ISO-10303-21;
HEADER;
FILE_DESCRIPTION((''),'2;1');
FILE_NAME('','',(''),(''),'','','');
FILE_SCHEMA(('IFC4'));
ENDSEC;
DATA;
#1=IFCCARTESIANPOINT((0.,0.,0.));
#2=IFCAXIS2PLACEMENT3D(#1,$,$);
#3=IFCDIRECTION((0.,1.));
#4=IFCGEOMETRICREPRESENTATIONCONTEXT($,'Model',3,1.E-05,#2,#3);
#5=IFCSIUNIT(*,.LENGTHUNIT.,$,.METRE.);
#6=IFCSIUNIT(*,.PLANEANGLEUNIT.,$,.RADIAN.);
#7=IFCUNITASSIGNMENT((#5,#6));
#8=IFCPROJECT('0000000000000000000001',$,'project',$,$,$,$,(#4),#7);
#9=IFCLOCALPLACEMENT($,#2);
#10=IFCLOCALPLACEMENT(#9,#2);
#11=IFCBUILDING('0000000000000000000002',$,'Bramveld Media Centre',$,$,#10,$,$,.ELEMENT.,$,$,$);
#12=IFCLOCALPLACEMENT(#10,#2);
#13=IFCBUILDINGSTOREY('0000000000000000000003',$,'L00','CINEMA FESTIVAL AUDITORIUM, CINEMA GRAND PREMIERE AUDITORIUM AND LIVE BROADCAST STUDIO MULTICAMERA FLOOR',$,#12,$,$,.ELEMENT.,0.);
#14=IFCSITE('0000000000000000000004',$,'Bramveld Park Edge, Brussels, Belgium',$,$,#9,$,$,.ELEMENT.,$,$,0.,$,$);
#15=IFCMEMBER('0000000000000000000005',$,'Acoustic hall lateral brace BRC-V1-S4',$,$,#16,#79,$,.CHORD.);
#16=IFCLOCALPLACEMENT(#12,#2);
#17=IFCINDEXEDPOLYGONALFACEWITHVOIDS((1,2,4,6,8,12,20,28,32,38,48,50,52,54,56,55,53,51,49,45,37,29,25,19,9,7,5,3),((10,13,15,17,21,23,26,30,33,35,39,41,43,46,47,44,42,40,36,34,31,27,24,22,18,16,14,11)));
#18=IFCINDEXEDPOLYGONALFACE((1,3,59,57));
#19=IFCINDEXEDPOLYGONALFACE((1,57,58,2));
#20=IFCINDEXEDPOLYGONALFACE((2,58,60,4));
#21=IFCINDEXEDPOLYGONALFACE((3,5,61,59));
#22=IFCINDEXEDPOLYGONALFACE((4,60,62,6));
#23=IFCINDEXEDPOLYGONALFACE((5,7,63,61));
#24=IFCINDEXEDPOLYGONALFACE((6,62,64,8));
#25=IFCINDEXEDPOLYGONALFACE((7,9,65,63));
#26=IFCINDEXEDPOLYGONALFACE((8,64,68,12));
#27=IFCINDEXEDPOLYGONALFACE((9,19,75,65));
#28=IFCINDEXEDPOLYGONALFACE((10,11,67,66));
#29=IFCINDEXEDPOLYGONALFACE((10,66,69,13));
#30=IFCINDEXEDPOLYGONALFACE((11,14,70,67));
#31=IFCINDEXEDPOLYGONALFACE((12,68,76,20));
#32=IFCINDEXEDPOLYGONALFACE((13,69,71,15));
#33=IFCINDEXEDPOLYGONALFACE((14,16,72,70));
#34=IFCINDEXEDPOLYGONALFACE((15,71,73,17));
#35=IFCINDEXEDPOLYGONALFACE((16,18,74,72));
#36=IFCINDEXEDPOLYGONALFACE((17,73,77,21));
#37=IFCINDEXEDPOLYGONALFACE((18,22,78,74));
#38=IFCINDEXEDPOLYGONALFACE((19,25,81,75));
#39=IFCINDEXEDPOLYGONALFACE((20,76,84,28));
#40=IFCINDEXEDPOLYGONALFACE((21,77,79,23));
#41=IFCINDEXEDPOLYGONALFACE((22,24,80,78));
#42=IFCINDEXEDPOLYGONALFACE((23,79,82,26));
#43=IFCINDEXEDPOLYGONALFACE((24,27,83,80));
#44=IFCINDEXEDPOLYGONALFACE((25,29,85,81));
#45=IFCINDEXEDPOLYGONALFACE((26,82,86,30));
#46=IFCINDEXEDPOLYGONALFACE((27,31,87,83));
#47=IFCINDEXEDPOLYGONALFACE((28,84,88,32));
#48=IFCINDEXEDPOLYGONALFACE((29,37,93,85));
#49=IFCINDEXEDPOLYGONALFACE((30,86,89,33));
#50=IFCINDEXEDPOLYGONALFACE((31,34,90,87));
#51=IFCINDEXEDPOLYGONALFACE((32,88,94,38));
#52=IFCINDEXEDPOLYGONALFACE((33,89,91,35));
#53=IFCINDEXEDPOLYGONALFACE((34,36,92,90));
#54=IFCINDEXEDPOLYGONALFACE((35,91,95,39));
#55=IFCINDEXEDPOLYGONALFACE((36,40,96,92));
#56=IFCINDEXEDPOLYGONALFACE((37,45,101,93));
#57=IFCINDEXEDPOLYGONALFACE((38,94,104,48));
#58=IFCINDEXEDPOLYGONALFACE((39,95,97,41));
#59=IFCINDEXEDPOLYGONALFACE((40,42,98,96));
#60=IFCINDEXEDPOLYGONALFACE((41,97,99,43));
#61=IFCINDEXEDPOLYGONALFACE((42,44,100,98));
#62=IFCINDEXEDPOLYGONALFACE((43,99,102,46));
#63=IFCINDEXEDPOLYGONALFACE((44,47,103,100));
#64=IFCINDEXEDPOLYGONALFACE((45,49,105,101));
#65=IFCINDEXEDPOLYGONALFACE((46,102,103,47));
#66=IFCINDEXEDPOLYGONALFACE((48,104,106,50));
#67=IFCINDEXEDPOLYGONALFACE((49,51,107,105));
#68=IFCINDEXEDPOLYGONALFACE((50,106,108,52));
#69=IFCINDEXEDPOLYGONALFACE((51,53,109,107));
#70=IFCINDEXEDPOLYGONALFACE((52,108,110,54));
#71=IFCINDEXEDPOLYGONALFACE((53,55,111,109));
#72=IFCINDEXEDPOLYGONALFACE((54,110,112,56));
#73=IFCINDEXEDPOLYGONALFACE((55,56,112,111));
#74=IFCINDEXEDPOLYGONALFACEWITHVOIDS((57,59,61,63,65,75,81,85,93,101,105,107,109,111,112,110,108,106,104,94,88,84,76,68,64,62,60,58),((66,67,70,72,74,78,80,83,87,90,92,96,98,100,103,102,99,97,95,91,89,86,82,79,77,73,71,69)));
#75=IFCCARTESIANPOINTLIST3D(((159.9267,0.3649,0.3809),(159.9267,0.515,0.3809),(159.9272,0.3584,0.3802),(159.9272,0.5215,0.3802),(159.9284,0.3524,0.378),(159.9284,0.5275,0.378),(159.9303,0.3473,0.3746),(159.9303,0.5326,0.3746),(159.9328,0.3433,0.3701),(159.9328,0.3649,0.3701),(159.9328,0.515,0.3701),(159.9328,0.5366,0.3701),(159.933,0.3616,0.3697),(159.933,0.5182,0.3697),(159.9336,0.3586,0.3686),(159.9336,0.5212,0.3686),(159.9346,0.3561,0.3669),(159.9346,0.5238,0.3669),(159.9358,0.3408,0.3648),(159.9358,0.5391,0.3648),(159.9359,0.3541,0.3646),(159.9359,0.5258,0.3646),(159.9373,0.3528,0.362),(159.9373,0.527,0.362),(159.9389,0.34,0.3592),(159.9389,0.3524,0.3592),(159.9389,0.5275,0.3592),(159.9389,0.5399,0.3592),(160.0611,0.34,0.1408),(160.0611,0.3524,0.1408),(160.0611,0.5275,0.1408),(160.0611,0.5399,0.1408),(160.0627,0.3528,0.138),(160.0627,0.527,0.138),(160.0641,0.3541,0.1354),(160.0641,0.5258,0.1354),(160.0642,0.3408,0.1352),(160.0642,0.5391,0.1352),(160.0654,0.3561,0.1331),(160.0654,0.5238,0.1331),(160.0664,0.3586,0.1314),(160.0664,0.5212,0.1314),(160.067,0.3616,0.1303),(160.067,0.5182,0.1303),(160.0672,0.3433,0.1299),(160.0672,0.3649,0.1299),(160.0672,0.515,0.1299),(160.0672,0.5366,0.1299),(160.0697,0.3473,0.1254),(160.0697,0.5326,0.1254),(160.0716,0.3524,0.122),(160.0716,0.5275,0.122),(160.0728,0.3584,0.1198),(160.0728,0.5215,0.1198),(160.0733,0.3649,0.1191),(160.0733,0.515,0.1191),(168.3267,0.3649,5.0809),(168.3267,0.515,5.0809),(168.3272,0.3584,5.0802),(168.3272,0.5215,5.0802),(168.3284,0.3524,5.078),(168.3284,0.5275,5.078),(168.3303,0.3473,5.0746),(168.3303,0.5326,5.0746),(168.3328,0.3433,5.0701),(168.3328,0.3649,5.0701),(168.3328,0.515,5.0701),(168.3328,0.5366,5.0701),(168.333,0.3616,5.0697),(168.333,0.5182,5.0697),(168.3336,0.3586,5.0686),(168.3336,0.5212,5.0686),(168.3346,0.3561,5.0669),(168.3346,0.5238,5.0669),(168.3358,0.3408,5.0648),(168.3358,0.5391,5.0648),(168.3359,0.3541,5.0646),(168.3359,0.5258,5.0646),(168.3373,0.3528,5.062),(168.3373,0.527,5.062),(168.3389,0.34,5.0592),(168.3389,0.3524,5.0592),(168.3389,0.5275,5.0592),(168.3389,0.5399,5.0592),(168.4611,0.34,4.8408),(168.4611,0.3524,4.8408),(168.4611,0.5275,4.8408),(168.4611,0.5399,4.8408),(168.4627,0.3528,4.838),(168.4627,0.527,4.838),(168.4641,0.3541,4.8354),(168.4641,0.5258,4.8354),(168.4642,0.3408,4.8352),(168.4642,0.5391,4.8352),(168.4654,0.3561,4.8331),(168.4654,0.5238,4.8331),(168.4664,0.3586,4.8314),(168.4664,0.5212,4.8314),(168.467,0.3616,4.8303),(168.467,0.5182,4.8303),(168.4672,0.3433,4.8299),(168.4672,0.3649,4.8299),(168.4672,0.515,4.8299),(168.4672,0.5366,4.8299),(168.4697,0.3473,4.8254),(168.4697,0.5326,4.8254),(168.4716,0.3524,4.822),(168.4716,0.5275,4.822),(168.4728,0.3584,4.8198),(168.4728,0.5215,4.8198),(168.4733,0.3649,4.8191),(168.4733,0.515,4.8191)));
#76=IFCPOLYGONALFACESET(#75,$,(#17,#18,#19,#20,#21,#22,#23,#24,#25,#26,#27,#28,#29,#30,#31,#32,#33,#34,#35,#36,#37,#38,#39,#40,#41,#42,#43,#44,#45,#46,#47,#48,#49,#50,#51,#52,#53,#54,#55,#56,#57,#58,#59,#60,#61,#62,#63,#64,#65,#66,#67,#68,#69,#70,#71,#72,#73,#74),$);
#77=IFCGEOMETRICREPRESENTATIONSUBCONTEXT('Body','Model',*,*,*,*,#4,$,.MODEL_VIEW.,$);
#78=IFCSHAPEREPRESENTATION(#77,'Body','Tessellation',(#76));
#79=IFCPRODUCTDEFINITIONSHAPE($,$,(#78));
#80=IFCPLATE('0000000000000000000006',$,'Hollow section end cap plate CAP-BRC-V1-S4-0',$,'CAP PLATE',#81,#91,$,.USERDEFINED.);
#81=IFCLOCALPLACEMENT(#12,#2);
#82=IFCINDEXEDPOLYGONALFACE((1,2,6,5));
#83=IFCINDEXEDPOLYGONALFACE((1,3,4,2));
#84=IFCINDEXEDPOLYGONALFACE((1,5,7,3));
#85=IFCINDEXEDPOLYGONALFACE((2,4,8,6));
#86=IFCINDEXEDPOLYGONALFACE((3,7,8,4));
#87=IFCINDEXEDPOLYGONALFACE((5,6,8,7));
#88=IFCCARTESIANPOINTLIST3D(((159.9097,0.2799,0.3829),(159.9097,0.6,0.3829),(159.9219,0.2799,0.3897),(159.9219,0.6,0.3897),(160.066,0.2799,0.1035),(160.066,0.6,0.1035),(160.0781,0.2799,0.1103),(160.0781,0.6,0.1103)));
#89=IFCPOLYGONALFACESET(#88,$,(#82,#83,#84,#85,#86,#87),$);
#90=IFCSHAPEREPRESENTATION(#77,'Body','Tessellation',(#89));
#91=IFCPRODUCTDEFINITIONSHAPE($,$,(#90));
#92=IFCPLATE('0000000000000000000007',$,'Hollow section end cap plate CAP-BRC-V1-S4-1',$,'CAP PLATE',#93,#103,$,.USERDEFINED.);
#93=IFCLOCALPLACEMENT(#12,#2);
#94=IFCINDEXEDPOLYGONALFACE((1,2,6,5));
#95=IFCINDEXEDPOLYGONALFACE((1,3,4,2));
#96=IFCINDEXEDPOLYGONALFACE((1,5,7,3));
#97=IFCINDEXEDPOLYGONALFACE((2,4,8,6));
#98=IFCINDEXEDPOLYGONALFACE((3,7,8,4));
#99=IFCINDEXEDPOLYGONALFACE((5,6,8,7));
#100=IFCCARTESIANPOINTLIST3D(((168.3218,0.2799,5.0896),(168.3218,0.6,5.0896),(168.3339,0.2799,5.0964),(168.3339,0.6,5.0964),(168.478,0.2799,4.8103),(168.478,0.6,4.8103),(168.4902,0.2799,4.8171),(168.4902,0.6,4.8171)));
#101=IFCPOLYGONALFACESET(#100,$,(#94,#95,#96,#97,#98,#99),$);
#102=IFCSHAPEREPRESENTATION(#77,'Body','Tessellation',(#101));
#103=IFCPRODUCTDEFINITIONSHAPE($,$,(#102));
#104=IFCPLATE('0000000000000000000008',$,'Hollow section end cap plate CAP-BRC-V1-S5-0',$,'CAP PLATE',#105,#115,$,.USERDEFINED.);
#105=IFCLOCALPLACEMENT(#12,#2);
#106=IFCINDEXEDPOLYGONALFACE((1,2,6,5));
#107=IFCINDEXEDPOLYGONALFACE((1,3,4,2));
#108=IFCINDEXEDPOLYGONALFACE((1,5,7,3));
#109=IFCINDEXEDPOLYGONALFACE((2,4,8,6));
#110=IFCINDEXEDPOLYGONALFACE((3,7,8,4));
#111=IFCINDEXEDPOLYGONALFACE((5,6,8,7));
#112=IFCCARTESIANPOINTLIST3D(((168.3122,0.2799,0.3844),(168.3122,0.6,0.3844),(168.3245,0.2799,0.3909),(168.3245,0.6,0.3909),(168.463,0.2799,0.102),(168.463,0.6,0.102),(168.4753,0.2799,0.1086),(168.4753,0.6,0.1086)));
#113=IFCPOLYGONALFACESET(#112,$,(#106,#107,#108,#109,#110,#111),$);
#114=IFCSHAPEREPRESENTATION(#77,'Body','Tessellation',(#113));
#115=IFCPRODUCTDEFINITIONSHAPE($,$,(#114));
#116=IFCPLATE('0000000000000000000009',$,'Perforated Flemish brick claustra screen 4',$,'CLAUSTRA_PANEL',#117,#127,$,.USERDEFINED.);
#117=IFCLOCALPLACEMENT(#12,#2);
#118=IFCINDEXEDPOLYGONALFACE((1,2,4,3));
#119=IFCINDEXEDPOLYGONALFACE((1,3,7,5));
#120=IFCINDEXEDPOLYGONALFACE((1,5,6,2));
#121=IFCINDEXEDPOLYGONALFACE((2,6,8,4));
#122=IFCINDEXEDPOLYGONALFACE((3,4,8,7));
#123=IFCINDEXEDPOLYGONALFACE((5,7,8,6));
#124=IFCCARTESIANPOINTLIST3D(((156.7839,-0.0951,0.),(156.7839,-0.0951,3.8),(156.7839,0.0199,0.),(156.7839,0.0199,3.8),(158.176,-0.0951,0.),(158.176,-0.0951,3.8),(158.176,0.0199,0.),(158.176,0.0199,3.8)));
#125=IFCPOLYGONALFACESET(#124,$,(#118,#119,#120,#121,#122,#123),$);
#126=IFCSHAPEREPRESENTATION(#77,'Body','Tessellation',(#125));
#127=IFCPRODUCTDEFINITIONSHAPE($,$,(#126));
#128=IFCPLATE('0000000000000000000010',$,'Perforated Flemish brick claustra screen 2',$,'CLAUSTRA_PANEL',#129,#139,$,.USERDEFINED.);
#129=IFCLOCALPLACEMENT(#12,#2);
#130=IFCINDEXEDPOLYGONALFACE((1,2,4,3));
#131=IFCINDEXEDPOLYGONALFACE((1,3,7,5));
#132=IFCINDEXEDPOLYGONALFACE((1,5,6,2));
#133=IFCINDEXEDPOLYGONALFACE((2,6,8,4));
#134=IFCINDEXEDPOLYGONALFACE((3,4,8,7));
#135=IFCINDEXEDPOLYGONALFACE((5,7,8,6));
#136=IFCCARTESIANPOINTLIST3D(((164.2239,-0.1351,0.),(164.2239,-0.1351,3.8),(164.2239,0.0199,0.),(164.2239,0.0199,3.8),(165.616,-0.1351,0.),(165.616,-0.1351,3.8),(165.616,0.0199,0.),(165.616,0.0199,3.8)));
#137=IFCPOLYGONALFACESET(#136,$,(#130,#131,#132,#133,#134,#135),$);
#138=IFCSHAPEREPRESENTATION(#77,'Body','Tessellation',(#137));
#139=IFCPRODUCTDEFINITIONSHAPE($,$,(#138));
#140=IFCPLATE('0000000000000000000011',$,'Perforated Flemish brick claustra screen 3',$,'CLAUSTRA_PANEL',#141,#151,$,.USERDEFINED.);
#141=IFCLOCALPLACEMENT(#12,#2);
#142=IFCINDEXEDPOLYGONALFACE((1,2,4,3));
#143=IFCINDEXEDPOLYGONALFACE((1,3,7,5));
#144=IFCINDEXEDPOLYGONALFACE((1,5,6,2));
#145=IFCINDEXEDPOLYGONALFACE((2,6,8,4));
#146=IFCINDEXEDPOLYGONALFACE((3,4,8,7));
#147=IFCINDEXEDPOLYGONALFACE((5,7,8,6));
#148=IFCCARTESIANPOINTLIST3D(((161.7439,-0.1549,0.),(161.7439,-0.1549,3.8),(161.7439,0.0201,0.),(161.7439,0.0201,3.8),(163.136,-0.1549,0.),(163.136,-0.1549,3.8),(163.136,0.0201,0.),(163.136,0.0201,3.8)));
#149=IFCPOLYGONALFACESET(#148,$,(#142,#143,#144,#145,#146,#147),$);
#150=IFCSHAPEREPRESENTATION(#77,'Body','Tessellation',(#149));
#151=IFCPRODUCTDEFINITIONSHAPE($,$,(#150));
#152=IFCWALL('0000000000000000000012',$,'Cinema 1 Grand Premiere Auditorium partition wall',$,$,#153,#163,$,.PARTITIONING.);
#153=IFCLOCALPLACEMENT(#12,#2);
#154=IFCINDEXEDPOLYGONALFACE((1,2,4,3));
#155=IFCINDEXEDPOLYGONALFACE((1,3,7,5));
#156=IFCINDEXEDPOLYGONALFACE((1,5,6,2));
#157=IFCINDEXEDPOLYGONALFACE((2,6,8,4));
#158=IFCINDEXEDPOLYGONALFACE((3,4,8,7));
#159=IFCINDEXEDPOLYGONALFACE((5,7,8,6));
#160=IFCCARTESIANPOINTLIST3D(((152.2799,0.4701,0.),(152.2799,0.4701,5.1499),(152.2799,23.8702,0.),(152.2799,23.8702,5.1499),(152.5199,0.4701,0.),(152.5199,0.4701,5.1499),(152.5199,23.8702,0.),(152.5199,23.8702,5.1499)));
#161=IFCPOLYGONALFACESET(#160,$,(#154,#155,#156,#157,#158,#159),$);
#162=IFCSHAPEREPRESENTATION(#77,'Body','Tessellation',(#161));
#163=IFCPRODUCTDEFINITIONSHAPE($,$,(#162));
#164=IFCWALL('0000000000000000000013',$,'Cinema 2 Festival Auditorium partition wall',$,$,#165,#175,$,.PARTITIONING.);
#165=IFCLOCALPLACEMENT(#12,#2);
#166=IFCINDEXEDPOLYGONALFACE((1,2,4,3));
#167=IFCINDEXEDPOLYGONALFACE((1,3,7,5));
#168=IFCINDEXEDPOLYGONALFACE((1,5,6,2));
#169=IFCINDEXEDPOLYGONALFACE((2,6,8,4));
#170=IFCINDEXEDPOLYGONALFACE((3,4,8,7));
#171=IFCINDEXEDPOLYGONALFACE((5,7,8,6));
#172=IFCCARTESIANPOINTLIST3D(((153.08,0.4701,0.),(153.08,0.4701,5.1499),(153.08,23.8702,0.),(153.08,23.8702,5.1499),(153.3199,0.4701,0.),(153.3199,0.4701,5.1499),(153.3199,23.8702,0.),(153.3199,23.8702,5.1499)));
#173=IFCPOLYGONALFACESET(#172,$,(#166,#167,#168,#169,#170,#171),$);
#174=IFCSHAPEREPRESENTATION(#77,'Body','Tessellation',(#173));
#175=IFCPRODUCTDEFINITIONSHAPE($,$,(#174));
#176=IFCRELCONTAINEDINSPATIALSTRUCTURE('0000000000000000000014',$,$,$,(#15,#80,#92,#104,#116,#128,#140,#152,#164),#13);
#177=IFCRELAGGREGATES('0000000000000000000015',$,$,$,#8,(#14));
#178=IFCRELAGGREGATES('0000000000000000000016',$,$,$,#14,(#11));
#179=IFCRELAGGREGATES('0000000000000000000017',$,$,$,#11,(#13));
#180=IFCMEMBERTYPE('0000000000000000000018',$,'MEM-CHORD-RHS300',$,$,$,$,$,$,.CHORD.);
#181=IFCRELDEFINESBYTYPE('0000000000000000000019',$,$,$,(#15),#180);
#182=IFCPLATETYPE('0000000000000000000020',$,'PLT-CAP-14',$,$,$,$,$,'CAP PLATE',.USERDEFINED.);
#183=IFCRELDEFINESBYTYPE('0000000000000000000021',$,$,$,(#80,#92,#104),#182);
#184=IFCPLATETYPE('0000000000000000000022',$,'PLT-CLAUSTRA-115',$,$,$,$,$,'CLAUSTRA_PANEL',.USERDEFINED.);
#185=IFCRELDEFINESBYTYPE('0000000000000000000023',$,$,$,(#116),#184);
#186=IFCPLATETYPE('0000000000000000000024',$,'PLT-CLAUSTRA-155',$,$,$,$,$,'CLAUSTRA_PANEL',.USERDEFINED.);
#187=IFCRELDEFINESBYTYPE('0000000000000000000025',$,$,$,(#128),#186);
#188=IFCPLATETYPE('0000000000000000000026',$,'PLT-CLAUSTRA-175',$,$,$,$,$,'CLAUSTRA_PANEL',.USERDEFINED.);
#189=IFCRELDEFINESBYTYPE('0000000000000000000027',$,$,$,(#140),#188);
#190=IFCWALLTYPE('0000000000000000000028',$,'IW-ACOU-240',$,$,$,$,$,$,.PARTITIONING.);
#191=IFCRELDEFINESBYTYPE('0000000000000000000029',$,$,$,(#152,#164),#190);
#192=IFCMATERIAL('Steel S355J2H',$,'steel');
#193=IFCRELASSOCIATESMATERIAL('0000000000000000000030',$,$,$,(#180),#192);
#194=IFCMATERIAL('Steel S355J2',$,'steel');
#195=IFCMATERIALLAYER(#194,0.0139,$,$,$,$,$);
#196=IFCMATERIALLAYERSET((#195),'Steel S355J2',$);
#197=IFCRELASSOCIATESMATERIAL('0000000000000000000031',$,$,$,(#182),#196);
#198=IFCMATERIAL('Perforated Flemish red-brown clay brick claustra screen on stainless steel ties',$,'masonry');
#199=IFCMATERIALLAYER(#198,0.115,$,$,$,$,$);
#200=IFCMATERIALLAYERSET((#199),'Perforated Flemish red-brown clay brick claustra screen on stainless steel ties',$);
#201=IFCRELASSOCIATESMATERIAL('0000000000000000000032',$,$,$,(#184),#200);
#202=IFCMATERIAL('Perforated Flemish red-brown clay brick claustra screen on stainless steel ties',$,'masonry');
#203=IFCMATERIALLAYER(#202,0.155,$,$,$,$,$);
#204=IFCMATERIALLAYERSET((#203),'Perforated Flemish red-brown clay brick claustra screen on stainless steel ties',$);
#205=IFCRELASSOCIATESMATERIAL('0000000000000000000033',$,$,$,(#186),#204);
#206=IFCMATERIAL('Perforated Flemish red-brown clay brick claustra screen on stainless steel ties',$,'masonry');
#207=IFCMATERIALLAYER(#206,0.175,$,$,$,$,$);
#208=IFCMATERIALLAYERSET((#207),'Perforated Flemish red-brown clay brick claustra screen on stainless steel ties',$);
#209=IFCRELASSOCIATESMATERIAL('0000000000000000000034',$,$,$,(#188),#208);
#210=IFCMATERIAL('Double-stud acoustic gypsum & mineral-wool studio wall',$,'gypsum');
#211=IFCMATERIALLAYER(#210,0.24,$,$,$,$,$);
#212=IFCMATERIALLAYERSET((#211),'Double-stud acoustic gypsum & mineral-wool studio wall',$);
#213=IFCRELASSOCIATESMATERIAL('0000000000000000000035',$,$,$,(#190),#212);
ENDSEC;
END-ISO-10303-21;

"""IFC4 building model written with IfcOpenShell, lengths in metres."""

from ifc_helpers import new_model, si_unit, direction, frame, frame_2d, origin, origin_2d, place, context, subcontext, project, spatial, rectangle, hollow_rectangle, extrude, material, layer, layer_set, material_profile, profile_set, type_object, element, save


model = new_model("IFC4")

# Units and contexts
model_context = context("Model", 3, precision=1e-05, world=origin(), true_north=direction((0.0, 1.0)))
body_context = subcontext(model_context, "Body", "Model", "MODEL_VIEW")
ifc_project = project(units=[si_unit("LENGTHUNIT", "METRE"), si_unit("PLANEANGLEUNIT", "RADIAN")], contexts=[model_context])

# Site, building, storey
site_placement = place(None, origin())
site = spatial("IfcSite", under=ifc_project, at=site_placement, Name="Bramveld Park Edge, Brussels, Belgium", CompositionType="ELEMENT", RefElevation=0.0)
building_placement = place(site_placement, origin())
building = spatial("IfcBuilding", under=site, at=building_placement, Name="Bramveld Media Centre", CompositionType="ELEMENT")
storey_placement = place(building_placement, origin())
storey = spatial("IfcBuildingStorey", under=building, at=storey_placement, Name="L00", Description="CINEMA FESTIVAL AUDITORIUM, CINEMA GRAND PREMIERE AUDITORIUM AND LIVE BROADCAST STUDIO MULTICAMERA FLOOR", CompositionType="ELEMENT", Elevation=0.0)

# Member
ifc_material_1 = material(Name="Steel S355J2H", Category="steel")
ifc_material_profile_1 = material_profile(ifc_material_1, hollow_rectangle(XDim=0.2, YDim=0.3, WallThickness=0.0125, InnerFilletRadius=0.0125, OuterFilletRadius=0.0249, at=origin_2d()), Name="RHS 300x200x12.5")
ifc_profile_set_1 = profile_set([ifc_material_profile_1], Name="Steel S355J2H")
member_type_1 = type_object("IfcMemberType", Name="MEM-CHORD-RHS300", PredefinedType="CHORD", material=ifc_profile_set_1)
member_1_placement = place(storey_placement, frame((160.0, 0.4399, 0.25), z_axis=(0.872683, 0.0, 0.488287), x_axis=(0.0, 1.0, 0.0)))
element("IfcMember", 1, at=member_1_placement, inside=storey, type_object=member_type_1, Name="Acoustic hall lateral brace BRC-V1-S4", PredefinedType="CHORD", context=body_context, shape_type="SweptSolid", body=[
    extrude(hollow_rectangle(XDim=0.2, YDim=0.3, WallThickness=0.0125, InnerFilletRadius=0.0125, OuterFilletRadius=0.0249, at=origin_2d()), origin(), (0.0, 0.0, 1.0), 9.6255),
])

# Plates
ifc_material_2 = material(Name="Steel S355J2", Category="steel")
ifc_layer_1 = layer(ifc_material_2, 0.0139)
ifc_layer_set_1 = layer_set([ifc_layer_1], Name="Steel S355J2")
plate_type_1 = type_object("IfcPlateType", Name="PLT-CAP-14", ElementType="CAP PLATE", PredefinedType="USERDEFINED", material=ifc_layer_set_1)
for number, where, z_axis, x_axis, name in (
    (2, (160.0, 0.4399, 0.25), (-0.872683, 0.0, -0.488287), (0.0, -1.0, 0.0), "Hollow section end cap plate CAP-BRC-V1-S4-0"),
    (3, (168.3999, 0.4399, 4.95), (0.872683, 0.0, 0.488287), (0.0, 1.0, 0.0), "Hollow section end cap plate CAP-BRC-V1-S4-1"),
    (4, (168.3999, 0.4399, 0.2498), (-0.882075, 0.0, -0.471108), (0.0, -1.0, 0.0), "Hollow section end cap plate CAP-BRC-V1-S5-0"),
):
    element("IfcPlate", number, at=place(storey_placement, frame(where, z_axis=z_axis, x_axis=x_axis)), inside=storey, type_object=plate_type_1, Name=name, ObjectType="CAP PLATE", PredefinedType="USERDEFINED", context=body_context, shape_type="SweptSolid", body=[
        extrude(rectangle(XDim=0.3201, YDim=0.3201, at=origin_2d()), origin(), (0.0, 0.0, 1.0), 0.0139),
    ])
ifc_material_3 = material(Name="Perforated Flemish red-brown clay brick claustra screen on stainless steel ties", Category="masonry")
ifc_layer_2 = layer(ifc_material_3, 0.115)
ifc_layer_set_2 = layer_set([ifc_layer_2], Name="Perforated Flemish red-brown clay brick claustra screen on stainless steel ties")
plate_type_2 = type_object("IfcPlateType", Name="PLT-CLAUSTRA-115", ElementType="CLAUSTRA_PANEL", PredefinedType="USERDEFINED", material=ifc_layer_set_2)
plate_1_placement = place(storey_placement, frame((157.48, -0.0376, 0.0), z_axis=(0.0, 0.0, 1.0), x_axis=(1.0, 0.0, 0.0)))
element("IfcPlate", 5, at=plate_1_placement, inside=storey, type_object=plate_type_2, Name="Perforated Flemish brick claustra screen 4", ObjectType="CLAUSTRA_PANEL", PredefinedType="USERDEFINED", context=body_context, shape_type="SweptSolid", body=[
    extrude(rectangle(XDim=1.3921, YDim=0.115, at=origin_2d()), origin(), (0.0, 0.0, 1.0), 3.8),
])
ifc_material_4 = material(Name="Perforated Flemish red-brown clay brick claustra screen on stainless steel ties", Category="masonry")
ifc_layer_3 = layer(ifc_material_4, 0.155)
ifc_layer_set_3 = layer_set([ifc_layer_3], Name="Perforated Flemish red-brown clay brick claustra screen on stainless steel ties")
plate_type_3 = type_object("IfcPlateType", Name="PLT-CLAUSTRA-155", ElementType="CLAUSTRA_PANEL", PredefinedType="USERDEFINED", material=ifc_layer_set_3)
plate_2_placement = place(storey_placement, frame((164.9199, -0.0576, 0.0), z_axis=(0.0, 0.0, 1.0), x_axis=(1.0, 0.0, 0.0)))
element("IfcPlate", 6, at=plate_2_placement, inside=storey, type_object=plate_type_3, Name="Perforated Flemish brick claustra screen 2", ObjectType="CLAUSTRA_PANEL", PredefinedType="USERDEFINED", context=body_context, shape_type="SweptSolid", body=[
    extrude(rectangle(XDim=1.3921, YDim=0.155, at=origin_2d()), origin(), (0.0, 0.0, 1.0), 3.8),
])
ifc_material_5 = material(Name="Perforated Flemish red-brown clay brick claustra screen on stainless steel ties", Category="masonry")
ifc_layer_4 = layer(ifc_material_5, 0.175)
ifc_layer_set_4 = layer_set([ifc_layer_4], Name="Perforated Flemish red-brown clay brick claustra screen on stainless steel ties")
plate_type_4 = type_object("IfcPlateType", Name="PLT-CLAUSTRA-175", ElementType="CLAUSTRA_PANEL", PredefinedType="USERDEFINED", material=ifc_layer_set_4)
plate_3_placement = place(storey_placement, frame((162.4399, -0.0674, 0.0), z_axis=(0.0, 0.0, 1.0), x_axis=(1.0, 0.0, 0.0)))
element("IfcPlate", 7, at=plate_3_placement, inside=storey, type_object=plate_type_4, Name="Perforated Flemish brick claustra screen 3", ObjectType="CLAUSTRA_PANEL", PredefinedType="USERDEFINED", context=body_context, shape_type="SweptSolid", body=[
    extrude(rectangle(XDim=1.3921, YDim=0.175, at=origin_2d()), origin(), (0.0, 0.0, 1.0), 3.8),
])

# Walls
ifc_material_6 = material(Name="Double-stud acoustic gypsum & mineral-wool studio wall", Category="gypsum")
ifc_layer_5 = layer(ifc_material_6, 0.24)
ifc_layer_set_5 = layer_set([ifc_layer_5], Name="Double-stud acoustic gypsum & mineral-wool studio wall")
wall_type = type_object("IfcWallType", Name="IW-ACOU-240", PredefinedType="PARTITIONING", material=ifc_layer_set_5)
for number, where, z_axis, x_axis, name in (
    (8, (152.3999, 0.47, 0.0), (0.0, 0.0, 1.0), (0.0, 1.0, 0.0), "Cinema 1 Grand Premiere Auditorium partition wall"),
    (9, (153.2, 0.47, 0.0), (0.0, 0.0, 1.0), (0.0, 1.0, 0.0), "Cinema 2 Festival Auditorium partition wall"),
):
    element("IfcWall", number, at=place(storey_placement, frame(where, z_axis=z_axis, x_axis=x_axis)), inside=storey, type_object=wall_type, Name=name, PredefinedType="PARTITIONING", context=body_context, shape_type="SweptSolid", body=[
        extrude(rectangle(XDim=23.4001, YDim=0.24, at=frame_2d((11.7002, 0.0))), origin(), (0.0, 0.0, 1.0), 5.1499),
    ])

save(model, "model.ifc")
